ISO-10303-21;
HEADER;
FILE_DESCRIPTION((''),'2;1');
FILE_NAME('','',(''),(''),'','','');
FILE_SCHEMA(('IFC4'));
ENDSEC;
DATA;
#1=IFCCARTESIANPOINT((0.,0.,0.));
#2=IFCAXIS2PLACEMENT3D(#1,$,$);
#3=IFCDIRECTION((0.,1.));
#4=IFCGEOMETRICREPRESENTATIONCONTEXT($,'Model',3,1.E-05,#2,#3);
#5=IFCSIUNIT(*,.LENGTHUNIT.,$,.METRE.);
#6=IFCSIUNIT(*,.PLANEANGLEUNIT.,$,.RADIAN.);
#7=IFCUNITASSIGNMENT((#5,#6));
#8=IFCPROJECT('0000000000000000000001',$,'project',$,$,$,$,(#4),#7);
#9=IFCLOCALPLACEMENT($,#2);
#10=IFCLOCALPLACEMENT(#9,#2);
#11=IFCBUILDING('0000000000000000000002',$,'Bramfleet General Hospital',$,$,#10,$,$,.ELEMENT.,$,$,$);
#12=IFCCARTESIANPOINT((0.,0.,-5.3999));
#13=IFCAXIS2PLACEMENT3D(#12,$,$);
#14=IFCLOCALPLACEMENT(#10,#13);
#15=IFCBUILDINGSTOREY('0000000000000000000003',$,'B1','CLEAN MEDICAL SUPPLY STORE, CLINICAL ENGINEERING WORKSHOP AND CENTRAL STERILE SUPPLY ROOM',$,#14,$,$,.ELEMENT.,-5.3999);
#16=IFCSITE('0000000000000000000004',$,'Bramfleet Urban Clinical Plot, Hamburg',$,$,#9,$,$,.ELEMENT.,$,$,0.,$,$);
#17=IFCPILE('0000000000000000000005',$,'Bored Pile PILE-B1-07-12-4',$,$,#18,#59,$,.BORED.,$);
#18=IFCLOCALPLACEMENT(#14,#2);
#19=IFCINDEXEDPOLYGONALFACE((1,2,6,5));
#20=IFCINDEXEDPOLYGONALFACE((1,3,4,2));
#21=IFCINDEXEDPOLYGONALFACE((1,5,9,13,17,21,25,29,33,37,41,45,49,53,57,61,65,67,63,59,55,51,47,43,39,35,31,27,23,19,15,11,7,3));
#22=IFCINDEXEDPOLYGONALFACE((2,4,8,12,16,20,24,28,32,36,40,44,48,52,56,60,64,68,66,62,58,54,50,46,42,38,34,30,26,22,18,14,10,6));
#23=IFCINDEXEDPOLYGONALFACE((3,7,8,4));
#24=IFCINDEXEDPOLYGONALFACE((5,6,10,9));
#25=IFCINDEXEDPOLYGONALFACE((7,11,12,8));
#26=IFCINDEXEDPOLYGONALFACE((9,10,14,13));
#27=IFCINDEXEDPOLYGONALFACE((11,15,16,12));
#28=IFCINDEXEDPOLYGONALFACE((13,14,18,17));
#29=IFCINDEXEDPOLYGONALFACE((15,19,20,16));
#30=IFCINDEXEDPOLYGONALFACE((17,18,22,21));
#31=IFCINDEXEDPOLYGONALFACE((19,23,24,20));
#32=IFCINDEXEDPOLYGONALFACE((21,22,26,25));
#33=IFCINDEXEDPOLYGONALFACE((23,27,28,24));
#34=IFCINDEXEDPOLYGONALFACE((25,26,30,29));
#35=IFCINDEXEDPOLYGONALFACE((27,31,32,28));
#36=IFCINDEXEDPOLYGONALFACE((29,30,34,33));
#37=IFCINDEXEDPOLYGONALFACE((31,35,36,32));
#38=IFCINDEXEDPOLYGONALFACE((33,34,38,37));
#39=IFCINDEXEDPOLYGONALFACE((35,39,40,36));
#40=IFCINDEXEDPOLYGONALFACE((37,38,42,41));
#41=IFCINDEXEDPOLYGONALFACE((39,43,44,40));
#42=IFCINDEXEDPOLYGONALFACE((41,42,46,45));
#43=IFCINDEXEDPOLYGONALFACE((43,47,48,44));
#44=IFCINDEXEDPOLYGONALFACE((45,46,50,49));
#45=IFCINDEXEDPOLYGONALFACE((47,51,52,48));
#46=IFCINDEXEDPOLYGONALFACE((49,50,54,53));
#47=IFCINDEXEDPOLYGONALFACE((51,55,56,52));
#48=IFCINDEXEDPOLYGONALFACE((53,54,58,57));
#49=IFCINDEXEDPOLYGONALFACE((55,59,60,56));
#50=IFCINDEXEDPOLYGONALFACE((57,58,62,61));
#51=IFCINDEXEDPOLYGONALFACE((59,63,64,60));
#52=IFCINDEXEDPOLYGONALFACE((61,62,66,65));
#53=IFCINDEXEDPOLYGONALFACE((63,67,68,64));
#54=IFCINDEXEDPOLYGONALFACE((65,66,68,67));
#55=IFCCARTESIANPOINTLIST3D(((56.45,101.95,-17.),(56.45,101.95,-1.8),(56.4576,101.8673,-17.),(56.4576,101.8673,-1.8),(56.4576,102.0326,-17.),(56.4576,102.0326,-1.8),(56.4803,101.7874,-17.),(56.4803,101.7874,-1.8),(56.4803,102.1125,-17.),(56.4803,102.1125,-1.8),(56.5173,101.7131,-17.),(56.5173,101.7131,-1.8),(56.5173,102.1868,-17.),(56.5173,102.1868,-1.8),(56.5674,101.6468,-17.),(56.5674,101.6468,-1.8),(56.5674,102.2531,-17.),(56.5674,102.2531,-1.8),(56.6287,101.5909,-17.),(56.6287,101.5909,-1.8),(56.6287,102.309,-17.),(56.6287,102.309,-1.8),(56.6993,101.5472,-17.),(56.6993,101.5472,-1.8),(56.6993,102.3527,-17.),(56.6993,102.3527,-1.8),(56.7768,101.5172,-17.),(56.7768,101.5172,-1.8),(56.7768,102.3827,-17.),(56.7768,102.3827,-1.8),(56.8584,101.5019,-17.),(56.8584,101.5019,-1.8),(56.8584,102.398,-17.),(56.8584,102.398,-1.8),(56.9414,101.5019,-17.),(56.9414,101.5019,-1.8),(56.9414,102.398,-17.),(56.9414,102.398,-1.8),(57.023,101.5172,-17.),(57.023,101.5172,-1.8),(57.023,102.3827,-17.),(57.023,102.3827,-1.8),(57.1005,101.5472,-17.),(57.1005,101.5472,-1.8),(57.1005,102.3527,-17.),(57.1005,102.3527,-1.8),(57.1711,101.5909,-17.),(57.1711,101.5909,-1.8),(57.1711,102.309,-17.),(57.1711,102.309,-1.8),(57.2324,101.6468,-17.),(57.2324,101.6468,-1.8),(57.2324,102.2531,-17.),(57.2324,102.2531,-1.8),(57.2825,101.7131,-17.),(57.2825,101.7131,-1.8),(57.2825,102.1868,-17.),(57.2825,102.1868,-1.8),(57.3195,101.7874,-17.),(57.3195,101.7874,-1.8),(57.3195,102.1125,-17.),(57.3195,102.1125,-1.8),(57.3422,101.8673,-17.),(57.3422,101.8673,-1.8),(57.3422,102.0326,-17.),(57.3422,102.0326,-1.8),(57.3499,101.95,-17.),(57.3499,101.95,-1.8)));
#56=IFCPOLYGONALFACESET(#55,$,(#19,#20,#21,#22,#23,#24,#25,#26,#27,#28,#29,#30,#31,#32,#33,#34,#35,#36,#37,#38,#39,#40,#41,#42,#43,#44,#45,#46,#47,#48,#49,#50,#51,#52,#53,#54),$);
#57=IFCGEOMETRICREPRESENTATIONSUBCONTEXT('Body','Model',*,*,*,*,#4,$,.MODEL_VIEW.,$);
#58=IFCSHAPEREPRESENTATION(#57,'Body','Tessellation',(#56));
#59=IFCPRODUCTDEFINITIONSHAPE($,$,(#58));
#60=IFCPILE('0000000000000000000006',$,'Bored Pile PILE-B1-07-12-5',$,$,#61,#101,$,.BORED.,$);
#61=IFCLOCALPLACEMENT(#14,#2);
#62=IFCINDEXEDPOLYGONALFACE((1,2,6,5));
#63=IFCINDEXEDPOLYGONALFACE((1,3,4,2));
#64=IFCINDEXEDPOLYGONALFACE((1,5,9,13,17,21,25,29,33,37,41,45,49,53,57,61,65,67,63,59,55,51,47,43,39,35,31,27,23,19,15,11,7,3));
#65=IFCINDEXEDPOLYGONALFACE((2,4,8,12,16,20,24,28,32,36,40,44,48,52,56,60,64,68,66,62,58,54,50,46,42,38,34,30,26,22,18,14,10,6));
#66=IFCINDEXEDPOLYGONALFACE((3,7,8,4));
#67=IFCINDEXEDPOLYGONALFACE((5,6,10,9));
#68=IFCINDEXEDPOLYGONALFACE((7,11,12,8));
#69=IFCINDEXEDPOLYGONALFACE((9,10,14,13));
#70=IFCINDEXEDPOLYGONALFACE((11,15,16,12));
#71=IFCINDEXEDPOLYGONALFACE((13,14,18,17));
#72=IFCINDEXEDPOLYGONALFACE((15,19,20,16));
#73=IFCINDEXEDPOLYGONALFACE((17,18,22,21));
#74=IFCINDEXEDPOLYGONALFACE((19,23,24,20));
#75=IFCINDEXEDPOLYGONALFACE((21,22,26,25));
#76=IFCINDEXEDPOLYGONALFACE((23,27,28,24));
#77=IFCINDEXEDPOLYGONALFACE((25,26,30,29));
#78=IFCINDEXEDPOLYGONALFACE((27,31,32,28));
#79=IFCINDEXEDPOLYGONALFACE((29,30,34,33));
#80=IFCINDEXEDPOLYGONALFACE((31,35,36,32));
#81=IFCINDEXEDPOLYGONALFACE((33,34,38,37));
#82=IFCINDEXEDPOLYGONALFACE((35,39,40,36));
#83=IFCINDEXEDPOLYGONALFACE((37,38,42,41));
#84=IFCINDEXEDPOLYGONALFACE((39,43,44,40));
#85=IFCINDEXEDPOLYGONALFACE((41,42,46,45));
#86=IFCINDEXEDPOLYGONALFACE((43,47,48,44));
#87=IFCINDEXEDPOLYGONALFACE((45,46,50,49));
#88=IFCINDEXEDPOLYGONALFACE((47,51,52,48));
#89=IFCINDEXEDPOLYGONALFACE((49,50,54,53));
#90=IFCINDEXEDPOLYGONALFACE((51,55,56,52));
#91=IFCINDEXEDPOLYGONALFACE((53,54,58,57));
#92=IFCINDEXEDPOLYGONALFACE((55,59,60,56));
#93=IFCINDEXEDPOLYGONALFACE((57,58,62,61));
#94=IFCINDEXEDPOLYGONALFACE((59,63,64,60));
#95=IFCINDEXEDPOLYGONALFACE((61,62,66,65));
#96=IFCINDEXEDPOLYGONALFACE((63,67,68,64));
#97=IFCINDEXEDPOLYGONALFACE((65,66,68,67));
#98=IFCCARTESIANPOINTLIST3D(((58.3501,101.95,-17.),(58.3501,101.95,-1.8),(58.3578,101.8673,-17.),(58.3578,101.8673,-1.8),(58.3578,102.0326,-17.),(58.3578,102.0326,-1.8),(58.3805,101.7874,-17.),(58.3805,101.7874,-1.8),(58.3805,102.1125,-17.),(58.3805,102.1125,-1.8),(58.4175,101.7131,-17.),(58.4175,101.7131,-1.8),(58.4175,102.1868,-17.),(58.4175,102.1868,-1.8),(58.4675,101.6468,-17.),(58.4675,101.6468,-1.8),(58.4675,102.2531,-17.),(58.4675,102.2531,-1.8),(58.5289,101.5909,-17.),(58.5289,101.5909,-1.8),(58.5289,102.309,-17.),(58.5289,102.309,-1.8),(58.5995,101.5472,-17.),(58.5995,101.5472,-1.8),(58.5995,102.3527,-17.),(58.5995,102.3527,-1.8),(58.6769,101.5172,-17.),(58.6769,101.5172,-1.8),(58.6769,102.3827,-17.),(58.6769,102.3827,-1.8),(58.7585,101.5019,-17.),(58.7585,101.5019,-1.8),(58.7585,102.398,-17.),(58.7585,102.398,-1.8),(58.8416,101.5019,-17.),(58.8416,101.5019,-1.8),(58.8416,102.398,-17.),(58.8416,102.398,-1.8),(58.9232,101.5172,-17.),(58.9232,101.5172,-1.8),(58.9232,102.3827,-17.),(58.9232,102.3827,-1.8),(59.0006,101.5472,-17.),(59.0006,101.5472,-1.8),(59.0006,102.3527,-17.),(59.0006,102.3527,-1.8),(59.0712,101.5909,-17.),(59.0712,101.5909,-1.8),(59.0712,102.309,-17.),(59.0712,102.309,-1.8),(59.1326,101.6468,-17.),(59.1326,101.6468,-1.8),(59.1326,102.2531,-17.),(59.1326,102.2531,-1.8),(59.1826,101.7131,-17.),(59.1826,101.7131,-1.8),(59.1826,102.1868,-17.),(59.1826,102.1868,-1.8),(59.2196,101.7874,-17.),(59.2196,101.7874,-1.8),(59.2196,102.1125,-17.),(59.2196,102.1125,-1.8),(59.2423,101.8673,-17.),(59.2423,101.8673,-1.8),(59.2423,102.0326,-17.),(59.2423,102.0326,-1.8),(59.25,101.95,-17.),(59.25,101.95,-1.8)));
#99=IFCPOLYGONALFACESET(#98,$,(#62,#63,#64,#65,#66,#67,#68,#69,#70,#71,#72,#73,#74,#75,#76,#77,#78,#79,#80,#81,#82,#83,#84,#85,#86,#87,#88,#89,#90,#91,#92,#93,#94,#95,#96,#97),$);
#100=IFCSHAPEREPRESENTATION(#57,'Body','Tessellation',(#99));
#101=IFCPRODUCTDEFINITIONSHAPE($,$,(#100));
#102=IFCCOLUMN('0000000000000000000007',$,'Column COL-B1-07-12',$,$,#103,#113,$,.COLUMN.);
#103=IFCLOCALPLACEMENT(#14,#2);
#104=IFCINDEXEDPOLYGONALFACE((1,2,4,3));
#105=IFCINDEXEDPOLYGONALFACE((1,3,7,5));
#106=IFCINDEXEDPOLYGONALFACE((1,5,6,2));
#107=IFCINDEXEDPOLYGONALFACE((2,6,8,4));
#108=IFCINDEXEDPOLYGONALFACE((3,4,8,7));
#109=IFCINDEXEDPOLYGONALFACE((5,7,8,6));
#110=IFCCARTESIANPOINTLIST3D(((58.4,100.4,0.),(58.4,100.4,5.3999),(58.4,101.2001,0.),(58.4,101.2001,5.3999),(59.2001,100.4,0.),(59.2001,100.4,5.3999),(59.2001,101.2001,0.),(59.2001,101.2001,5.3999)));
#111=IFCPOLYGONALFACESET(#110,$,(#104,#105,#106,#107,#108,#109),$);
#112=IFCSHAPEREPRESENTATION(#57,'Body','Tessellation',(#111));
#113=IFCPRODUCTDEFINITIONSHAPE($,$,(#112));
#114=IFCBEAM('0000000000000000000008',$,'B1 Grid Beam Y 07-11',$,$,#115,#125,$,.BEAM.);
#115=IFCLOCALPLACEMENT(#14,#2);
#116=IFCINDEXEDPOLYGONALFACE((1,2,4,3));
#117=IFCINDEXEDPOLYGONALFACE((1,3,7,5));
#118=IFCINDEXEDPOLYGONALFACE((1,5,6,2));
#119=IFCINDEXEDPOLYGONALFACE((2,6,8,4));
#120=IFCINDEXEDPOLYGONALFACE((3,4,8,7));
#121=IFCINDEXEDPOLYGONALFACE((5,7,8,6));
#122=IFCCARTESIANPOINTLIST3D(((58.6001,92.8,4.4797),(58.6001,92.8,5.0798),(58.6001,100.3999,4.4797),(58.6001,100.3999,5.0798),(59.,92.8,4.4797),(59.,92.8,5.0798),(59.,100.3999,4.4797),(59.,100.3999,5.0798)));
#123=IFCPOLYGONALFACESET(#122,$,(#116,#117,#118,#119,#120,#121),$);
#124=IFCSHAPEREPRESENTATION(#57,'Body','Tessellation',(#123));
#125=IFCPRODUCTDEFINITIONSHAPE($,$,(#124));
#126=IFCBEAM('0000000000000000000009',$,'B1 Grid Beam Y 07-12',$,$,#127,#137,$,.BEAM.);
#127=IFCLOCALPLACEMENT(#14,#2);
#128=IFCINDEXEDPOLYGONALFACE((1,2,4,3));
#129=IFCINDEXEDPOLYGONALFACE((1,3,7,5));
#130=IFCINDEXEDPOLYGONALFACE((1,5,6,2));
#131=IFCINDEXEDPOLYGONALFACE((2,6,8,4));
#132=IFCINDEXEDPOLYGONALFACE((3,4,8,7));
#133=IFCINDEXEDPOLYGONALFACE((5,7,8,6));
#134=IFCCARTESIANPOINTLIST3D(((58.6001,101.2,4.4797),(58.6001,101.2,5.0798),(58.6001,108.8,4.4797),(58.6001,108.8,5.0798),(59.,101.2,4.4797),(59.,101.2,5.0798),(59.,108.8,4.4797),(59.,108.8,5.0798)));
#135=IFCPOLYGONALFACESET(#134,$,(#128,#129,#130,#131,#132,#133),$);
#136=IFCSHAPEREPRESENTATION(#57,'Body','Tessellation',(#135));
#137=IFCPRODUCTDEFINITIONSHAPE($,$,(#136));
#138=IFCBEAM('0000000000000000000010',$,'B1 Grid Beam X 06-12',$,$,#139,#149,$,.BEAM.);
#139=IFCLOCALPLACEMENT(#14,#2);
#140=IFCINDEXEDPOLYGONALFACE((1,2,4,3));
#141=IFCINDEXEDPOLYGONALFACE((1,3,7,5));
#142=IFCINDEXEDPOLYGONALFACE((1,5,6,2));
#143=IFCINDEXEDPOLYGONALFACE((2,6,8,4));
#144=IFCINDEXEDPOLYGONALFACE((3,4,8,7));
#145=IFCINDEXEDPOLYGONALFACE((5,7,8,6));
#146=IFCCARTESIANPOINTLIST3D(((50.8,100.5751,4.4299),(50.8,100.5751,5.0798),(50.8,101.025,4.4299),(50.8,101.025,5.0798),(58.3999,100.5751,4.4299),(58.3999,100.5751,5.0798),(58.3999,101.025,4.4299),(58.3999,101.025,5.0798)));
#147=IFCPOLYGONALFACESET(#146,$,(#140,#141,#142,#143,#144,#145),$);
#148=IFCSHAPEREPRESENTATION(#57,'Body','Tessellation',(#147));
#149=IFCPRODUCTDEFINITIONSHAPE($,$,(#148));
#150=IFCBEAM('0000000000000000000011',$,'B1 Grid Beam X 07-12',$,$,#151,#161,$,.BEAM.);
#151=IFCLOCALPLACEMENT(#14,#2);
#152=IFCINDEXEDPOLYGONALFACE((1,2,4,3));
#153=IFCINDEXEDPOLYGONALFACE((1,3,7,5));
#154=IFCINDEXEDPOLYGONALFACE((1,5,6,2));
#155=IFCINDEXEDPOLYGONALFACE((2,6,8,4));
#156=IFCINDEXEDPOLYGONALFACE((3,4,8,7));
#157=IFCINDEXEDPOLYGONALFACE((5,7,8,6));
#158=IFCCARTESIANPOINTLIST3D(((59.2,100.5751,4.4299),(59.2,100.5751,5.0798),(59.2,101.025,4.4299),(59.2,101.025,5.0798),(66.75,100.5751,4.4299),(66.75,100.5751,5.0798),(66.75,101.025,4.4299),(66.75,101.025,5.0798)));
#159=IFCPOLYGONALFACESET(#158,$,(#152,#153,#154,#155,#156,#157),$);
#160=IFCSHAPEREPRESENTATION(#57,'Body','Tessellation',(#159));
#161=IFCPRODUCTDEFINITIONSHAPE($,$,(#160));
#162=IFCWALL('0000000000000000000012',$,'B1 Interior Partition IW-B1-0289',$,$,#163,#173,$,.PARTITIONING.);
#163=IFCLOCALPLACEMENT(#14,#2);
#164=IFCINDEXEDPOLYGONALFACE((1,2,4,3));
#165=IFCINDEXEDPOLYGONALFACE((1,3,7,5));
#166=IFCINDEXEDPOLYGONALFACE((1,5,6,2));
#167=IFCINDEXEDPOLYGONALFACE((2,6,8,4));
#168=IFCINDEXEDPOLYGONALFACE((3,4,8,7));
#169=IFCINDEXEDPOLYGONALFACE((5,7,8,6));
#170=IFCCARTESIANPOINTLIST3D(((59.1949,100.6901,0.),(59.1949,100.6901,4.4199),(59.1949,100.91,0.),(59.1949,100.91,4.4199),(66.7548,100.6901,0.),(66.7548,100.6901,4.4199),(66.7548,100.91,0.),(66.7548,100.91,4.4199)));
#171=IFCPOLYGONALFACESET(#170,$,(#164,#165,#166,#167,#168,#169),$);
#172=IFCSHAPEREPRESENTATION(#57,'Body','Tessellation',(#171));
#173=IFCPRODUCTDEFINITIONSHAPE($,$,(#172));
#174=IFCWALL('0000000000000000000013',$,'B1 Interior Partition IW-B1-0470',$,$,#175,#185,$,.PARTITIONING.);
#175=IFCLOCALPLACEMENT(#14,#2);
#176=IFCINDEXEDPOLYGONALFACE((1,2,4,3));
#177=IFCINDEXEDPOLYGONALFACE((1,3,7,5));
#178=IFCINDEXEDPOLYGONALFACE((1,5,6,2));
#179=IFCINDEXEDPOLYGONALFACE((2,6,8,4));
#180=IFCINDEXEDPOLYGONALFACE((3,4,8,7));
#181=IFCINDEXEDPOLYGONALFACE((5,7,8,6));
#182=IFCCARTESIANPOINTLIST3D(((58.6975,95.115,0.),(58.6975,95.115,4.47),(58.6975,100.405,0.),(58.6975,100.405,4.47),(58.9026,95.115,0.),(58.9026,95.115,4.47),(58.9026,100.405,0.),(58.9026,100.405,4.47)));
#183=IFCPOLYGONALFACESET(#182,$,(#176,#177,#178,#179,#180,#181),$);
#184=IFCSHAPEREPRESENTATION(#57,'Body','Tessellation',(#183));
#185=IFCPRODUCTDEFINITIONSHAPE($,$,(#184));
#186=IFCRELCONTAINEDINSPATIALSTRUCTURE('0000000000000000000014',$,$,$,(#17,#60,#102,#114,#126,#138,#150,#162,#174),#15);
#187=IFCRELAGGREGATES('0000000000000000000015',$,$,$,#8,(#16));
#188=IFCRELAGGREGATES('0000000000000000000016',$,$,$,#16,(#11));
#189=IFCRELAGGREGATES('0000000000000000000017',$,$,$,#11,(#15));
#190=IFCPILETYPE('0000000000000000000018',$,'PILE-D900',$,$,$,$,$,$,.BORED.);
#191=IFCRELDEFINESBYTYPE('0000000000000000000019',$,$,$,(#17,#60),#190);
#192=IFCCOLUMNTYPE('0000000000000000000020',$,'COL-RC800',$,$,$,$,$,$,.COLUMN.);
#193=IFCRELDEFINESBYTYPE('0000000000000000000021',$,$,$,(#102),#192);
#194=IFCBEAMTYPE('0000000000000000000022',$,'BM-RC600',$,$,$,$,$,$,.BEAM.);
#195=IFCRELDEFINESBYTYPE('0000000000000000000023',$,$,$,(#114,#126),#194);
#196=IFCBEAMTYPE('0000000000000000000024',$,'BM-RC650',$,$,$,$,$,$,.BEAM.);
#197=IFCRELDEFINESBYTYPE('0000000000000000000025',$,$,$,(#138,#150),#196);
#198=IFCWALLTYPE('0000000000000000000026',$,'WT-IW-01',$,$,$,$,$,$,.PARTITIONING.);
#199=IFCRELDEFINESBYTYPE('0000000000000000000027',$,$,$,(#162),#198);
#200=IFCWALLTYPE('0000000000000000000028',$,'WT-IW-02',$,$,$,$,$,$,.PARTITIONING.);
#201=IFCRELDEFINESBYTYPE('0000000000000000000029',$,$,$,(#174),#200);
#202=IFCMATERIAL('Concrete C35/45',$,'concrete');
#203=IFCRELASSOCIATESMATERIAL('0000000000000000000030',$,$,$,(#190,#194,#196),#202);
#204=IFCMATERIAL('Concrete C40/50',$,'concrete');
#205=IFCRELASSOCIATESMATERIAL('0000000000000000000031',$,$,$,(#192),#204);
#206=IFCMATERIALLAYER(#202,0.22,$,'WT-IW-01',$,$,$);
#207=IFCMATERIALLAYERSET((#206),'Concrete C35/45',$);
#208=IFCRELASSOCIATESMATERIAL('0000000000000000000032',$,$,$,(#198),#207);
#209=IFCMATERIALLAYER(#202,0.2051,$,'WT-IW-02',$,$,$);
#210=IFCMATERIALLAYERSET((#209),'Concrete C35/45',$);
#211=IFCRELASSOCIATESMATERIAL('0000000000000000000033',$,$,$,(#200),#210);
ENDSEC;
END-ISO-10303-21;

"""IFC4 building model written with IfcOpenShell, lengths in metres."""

from ifc_helpers import new_model, si_unit, direction, frame, frame_2d, origin, origin_2d, place, context, subcontext, project, spatial, rectangle, circle, extrude, material, layer, layer_set, material_profile, profile_set, type_object, element, save


model = new_model("IFC4")

# Units and contexts
model_context = context("Model", 3, precision=1e-05, world=origin(), true_north=direction((0.0, 1.0)))
body_context = subcontext(model_context, "Body", "Model", "MODEL_VIEW")
ifc_project = project(units=[si_unit("LENGTHUNIT", "METRE"), si_unit("PLANEANGLEUNIT", "RADIAN")], contexts=[model_context])

# Site, building, storey
site_placement = place(None, origin())
site = spatial("IfcSite", under=ifc_project, at=site_placement, Name="Bramfleet Urban Clinical Plot, Hamburg", CompositionType="ELEMENT", RefElevation=0.0)
building_placement = place(site_placement, origin())
building = spatial("IfcBuilding", under=site, at=building_placement, Name="Bramfleet General Hospital", CompositionType="ELEMENT")
storey_placement = place(building_placement, frame((0.0, 0.0, -5.3999)))
storey = spatial("IfcBuildingStorey", under=building, at=storey_placement, Name="B1", Description="CLEAN MEDICAL SUPPLY STORE, CLINICAL ENGINEERING WORKSHOP AND CENTRAL STERILE SUPPLY ROOM", CompositionType="ELEMENT", Elevation=-5.3999)

# Shared definitions
ifc_material_1 = material(Name="Concrete C35/45", Category="concrete")

# Piles
ifc_material_profile_1 = material_profile(ifc_material_1, circle(Radius=0.45, at=origin_2d()), Name="PILE BORED D900")
ifc_profile_set_1 = profile_set([ifc_material_profile_1], Name="Concrete C35/45")
pile_type = type_object("IfcPileType", Name="PILE-D900", PredefinedType="BORED", material=ifc_profile_set_1)
for number, where, z_axis, x_axis, name in (
    (1, (56.8999, 101.95, -1.8), (0.0, 0.0, -1.0), (1.0, 0.0, 0.0), "Bored Pile PILE-B1-07-12-4"),
    (2, (58.8, 101.95, -1.8), (0.0, 0.0, -1.0), (1.0, 0.0, 0.0), "Bored Pile PILE-B1-07-12-5"),
):
    element("IfcPile", number, at=place(storey_placement, frame(where, z_axis=z_axis, x_axis=x_axis)), inside=storey, type_object=pile_type, Name=name, PredefinedType="BORED", context=body_context, shape_type="SweptSolid", body=[
        extrude(circle(Radius=0.45, at=origin_2d()), origin(), (0.0, 0.0, 1.0), 15.2),
    ])

# Column
ifc_material_2 = material(Name="Concrete C40/50", Category="concrete")
ifc_material_profile_2 = material_profile(ifc_material_2, rectangle(XDim=0.8, YDim=0.8, at=origin_2d()), Name="RC COL 800x800")
ifc_profile_set_2 = profile_set([ifc_material_profile_2], Name="Concrete C40/50")
column_type = type_object("IfcColumnType", Name="COL-RC800", PredefinedType="COLUMN", material=ifc_profile_set_2)
column_placement = place(storey_placement, frame((58.8, 100.8, 0.0), z_axis=(0.0, 0.0, 1.0), x_axis=(1.0, 0.0, 0.0)))
element("IfcColumn", 3, at=column_placement, inside=storey, type_object=column_type, Name="Column COL-B1-07-12", PredefinedType="COLUMN", context=body_context, shape_type="SweptSolid", body=[
    extrude(rectangle(XDim=0.8, YDim=0.8, at=origin_2d()), origin(), (0.0, 0.0, 1.0), 5.3999),
])

# Beams
ifc_material_profile_3 = material_profile(ifc_material_1, rectangle(XDim=0.3999, YDim=0.6001, at=origin_2d()), Name="RC BM 600x400")
ifc_profile_set_3 = profile_set([ifc_material_profile_3], Name="Concrete C35/45")
beam_type_1 = type_object("IfcBeamType", Name="BM-RC600", PredefinedType="BEAM", material=ifc_profile_set_3)
beam_1_placement = place(storey_placement, frame((58.8, 92.8, 4.7798), z_axis=(0.0, 1.0, 0.0), x_axis=(-1.0, 0.0, 0.0)))
element("IfcBeam", 4, at=beam_1_placement, inside=storey, type_object=beam_type_1, Name="B1 Grid Beam Y 07-11", PredefinedType="BEAM", context=body_context, shape_type="SweptSolid", body=[
    extrude(rectangle(XDim=0.3999, YDim=0.6001, at=origin_2d()), origin(), (0.0, 0.0, 1.0), 7.5999),
])
beam_2_placement = place(storey_placement, frame((58.8, 101.2, 4.7798), z_axis=(0.0, 1.0, 0.0), x_axis=(-1.0, 0.0, 0.0)))
element("IfcBeam", 5, at=beam_2_placement, inside=storey, type_object=beam_type_1, Name="B1 Grid Beam Y 07-12", PredefinedType="BEAM", context=body_context, shape_type="SweptSolid", body=[
    extrude(rectangle(XDim=0.3999, YDim=0.6001, at=origin_2d()), origin(), (0.0, 0.0, 1.0), 7.6001),
])
ifc_material_profile_4 = material_profile(ifc_material_1, rectangle(XDim=0.45, YDim=0.6499, at=origin_2d()), Name="RC BM 650x450")
ifc_profile_set_4 = profile_set([ifc_material_profile_4], Name="Concrete C35/45")
beam_type_2 = type_object("IfcBeamType", Name="BM-RC650", PredefinedType="BEAM", material=ifc_profile_set_4)
beam_3_placement = place(storey_placement, frame((50.8, 100.8, 4.7549), z_axis=(1.0, 0.0, 0.0), x_axis=(0.0, 1.0, 0.0)))
element("IfcBeam", 6, at=beam_3_placement, inside=storey, type_object=beam_type_2, Name="B1 Grid Beam X 06-12", PredefinedType="BEAM", context=body_context, shape_type="SweptSolid", body=[
    extrude(rectangle(XDim=0.45, YDim=0.6499, at=origin_2d()), origin(), (0.0, 0.0, 1.0), 7.5999),
])
beam_4_placement = place(storey_placement, frame((59.2, 100.8, 4.7549), z_axis=(1.0, 0.0, 0.0), x_axis=(0.0, 1.0, 0.0)))
element("IfcBeam", 7, at=beam_4_placement, inside=storey, type_object=beam_type_2, Name="B1 Grid Beam X 07-12", PredefinedType="BEAM", context=body_context, shape_type="SweptSolid", body=[
    extrude(rectangle(XDim=0.45, YDim=0.6499, at=origin_2d()), origin(), (0.0, 0.0, 1.0), 7.55),
])

# Walls
ifc_layer_1 = layer(ifc_material_1, 0.22, Name="WT-IW-01")
ifc_layer_set_1 = layer_set([ifc_layer_1], Name="Concrete C35/45")
wall_type_1 = type_object("IfcWallType", Name="WT-IW-01", PredefinedType="PARTITIONING", material=ifc_layer_set_1)
wall_1_placement = place(storey_placement, frame((59.1951, 100.8, 0.0), z_axis=(0.0, 0.0, 1.0), x_axis=(1.0, 0.0, 0.0)))
element("IfcWall", 8, at=wall_1_placement, inside=storey, type_object=wall_type_1, Name="B1 Interior Partition IW-B1-0289", PredefinedType="PARTITIONING", context=body_context, shape_type="SweptSolid", body=[
    extrude(rectangle(XDim=7.5598, YDim=0.22, at=frame_2d((3.7798, 0.0))), origin(), (0.0, 0.0, 1.0), 4.4199),
])
ifc_layer_2 = layer(ifc_material_1, 0.2051, Name="WT-IW-02")
ifc_layer_set_2 = layer_set([ifc_layer_2], Name="Concrete C35/45")
wall_type_2 = type_object("IfcWallType", Name="WT-IW-02", PredefinedType="PARTITIONING", material=ifc_layer_set_2)
wall_2_placement = place(storey_placement, frame((58.8, 95.115, 0.0), z_axis=(0.0, 0.0, 1.0), x_axis=(0.0, 1.0, 0.0)))
element("IfcWall", 9, at=wall_2_placement, inside=storey, type_object=wall_type_2, Name="B1 Interior Partition IW-B1-0470", PredefinedType="PARTITIONING", context=body_context, shape_type="SweptSolid", body=[
    extrude(rectangle(XDim=5.29, YDim=0.2051, at=frame_2d((2.645, 0.0))), origin(), (0.0, 0.0, 1.0), 4.47),
])

save(model, "model.ifc")
